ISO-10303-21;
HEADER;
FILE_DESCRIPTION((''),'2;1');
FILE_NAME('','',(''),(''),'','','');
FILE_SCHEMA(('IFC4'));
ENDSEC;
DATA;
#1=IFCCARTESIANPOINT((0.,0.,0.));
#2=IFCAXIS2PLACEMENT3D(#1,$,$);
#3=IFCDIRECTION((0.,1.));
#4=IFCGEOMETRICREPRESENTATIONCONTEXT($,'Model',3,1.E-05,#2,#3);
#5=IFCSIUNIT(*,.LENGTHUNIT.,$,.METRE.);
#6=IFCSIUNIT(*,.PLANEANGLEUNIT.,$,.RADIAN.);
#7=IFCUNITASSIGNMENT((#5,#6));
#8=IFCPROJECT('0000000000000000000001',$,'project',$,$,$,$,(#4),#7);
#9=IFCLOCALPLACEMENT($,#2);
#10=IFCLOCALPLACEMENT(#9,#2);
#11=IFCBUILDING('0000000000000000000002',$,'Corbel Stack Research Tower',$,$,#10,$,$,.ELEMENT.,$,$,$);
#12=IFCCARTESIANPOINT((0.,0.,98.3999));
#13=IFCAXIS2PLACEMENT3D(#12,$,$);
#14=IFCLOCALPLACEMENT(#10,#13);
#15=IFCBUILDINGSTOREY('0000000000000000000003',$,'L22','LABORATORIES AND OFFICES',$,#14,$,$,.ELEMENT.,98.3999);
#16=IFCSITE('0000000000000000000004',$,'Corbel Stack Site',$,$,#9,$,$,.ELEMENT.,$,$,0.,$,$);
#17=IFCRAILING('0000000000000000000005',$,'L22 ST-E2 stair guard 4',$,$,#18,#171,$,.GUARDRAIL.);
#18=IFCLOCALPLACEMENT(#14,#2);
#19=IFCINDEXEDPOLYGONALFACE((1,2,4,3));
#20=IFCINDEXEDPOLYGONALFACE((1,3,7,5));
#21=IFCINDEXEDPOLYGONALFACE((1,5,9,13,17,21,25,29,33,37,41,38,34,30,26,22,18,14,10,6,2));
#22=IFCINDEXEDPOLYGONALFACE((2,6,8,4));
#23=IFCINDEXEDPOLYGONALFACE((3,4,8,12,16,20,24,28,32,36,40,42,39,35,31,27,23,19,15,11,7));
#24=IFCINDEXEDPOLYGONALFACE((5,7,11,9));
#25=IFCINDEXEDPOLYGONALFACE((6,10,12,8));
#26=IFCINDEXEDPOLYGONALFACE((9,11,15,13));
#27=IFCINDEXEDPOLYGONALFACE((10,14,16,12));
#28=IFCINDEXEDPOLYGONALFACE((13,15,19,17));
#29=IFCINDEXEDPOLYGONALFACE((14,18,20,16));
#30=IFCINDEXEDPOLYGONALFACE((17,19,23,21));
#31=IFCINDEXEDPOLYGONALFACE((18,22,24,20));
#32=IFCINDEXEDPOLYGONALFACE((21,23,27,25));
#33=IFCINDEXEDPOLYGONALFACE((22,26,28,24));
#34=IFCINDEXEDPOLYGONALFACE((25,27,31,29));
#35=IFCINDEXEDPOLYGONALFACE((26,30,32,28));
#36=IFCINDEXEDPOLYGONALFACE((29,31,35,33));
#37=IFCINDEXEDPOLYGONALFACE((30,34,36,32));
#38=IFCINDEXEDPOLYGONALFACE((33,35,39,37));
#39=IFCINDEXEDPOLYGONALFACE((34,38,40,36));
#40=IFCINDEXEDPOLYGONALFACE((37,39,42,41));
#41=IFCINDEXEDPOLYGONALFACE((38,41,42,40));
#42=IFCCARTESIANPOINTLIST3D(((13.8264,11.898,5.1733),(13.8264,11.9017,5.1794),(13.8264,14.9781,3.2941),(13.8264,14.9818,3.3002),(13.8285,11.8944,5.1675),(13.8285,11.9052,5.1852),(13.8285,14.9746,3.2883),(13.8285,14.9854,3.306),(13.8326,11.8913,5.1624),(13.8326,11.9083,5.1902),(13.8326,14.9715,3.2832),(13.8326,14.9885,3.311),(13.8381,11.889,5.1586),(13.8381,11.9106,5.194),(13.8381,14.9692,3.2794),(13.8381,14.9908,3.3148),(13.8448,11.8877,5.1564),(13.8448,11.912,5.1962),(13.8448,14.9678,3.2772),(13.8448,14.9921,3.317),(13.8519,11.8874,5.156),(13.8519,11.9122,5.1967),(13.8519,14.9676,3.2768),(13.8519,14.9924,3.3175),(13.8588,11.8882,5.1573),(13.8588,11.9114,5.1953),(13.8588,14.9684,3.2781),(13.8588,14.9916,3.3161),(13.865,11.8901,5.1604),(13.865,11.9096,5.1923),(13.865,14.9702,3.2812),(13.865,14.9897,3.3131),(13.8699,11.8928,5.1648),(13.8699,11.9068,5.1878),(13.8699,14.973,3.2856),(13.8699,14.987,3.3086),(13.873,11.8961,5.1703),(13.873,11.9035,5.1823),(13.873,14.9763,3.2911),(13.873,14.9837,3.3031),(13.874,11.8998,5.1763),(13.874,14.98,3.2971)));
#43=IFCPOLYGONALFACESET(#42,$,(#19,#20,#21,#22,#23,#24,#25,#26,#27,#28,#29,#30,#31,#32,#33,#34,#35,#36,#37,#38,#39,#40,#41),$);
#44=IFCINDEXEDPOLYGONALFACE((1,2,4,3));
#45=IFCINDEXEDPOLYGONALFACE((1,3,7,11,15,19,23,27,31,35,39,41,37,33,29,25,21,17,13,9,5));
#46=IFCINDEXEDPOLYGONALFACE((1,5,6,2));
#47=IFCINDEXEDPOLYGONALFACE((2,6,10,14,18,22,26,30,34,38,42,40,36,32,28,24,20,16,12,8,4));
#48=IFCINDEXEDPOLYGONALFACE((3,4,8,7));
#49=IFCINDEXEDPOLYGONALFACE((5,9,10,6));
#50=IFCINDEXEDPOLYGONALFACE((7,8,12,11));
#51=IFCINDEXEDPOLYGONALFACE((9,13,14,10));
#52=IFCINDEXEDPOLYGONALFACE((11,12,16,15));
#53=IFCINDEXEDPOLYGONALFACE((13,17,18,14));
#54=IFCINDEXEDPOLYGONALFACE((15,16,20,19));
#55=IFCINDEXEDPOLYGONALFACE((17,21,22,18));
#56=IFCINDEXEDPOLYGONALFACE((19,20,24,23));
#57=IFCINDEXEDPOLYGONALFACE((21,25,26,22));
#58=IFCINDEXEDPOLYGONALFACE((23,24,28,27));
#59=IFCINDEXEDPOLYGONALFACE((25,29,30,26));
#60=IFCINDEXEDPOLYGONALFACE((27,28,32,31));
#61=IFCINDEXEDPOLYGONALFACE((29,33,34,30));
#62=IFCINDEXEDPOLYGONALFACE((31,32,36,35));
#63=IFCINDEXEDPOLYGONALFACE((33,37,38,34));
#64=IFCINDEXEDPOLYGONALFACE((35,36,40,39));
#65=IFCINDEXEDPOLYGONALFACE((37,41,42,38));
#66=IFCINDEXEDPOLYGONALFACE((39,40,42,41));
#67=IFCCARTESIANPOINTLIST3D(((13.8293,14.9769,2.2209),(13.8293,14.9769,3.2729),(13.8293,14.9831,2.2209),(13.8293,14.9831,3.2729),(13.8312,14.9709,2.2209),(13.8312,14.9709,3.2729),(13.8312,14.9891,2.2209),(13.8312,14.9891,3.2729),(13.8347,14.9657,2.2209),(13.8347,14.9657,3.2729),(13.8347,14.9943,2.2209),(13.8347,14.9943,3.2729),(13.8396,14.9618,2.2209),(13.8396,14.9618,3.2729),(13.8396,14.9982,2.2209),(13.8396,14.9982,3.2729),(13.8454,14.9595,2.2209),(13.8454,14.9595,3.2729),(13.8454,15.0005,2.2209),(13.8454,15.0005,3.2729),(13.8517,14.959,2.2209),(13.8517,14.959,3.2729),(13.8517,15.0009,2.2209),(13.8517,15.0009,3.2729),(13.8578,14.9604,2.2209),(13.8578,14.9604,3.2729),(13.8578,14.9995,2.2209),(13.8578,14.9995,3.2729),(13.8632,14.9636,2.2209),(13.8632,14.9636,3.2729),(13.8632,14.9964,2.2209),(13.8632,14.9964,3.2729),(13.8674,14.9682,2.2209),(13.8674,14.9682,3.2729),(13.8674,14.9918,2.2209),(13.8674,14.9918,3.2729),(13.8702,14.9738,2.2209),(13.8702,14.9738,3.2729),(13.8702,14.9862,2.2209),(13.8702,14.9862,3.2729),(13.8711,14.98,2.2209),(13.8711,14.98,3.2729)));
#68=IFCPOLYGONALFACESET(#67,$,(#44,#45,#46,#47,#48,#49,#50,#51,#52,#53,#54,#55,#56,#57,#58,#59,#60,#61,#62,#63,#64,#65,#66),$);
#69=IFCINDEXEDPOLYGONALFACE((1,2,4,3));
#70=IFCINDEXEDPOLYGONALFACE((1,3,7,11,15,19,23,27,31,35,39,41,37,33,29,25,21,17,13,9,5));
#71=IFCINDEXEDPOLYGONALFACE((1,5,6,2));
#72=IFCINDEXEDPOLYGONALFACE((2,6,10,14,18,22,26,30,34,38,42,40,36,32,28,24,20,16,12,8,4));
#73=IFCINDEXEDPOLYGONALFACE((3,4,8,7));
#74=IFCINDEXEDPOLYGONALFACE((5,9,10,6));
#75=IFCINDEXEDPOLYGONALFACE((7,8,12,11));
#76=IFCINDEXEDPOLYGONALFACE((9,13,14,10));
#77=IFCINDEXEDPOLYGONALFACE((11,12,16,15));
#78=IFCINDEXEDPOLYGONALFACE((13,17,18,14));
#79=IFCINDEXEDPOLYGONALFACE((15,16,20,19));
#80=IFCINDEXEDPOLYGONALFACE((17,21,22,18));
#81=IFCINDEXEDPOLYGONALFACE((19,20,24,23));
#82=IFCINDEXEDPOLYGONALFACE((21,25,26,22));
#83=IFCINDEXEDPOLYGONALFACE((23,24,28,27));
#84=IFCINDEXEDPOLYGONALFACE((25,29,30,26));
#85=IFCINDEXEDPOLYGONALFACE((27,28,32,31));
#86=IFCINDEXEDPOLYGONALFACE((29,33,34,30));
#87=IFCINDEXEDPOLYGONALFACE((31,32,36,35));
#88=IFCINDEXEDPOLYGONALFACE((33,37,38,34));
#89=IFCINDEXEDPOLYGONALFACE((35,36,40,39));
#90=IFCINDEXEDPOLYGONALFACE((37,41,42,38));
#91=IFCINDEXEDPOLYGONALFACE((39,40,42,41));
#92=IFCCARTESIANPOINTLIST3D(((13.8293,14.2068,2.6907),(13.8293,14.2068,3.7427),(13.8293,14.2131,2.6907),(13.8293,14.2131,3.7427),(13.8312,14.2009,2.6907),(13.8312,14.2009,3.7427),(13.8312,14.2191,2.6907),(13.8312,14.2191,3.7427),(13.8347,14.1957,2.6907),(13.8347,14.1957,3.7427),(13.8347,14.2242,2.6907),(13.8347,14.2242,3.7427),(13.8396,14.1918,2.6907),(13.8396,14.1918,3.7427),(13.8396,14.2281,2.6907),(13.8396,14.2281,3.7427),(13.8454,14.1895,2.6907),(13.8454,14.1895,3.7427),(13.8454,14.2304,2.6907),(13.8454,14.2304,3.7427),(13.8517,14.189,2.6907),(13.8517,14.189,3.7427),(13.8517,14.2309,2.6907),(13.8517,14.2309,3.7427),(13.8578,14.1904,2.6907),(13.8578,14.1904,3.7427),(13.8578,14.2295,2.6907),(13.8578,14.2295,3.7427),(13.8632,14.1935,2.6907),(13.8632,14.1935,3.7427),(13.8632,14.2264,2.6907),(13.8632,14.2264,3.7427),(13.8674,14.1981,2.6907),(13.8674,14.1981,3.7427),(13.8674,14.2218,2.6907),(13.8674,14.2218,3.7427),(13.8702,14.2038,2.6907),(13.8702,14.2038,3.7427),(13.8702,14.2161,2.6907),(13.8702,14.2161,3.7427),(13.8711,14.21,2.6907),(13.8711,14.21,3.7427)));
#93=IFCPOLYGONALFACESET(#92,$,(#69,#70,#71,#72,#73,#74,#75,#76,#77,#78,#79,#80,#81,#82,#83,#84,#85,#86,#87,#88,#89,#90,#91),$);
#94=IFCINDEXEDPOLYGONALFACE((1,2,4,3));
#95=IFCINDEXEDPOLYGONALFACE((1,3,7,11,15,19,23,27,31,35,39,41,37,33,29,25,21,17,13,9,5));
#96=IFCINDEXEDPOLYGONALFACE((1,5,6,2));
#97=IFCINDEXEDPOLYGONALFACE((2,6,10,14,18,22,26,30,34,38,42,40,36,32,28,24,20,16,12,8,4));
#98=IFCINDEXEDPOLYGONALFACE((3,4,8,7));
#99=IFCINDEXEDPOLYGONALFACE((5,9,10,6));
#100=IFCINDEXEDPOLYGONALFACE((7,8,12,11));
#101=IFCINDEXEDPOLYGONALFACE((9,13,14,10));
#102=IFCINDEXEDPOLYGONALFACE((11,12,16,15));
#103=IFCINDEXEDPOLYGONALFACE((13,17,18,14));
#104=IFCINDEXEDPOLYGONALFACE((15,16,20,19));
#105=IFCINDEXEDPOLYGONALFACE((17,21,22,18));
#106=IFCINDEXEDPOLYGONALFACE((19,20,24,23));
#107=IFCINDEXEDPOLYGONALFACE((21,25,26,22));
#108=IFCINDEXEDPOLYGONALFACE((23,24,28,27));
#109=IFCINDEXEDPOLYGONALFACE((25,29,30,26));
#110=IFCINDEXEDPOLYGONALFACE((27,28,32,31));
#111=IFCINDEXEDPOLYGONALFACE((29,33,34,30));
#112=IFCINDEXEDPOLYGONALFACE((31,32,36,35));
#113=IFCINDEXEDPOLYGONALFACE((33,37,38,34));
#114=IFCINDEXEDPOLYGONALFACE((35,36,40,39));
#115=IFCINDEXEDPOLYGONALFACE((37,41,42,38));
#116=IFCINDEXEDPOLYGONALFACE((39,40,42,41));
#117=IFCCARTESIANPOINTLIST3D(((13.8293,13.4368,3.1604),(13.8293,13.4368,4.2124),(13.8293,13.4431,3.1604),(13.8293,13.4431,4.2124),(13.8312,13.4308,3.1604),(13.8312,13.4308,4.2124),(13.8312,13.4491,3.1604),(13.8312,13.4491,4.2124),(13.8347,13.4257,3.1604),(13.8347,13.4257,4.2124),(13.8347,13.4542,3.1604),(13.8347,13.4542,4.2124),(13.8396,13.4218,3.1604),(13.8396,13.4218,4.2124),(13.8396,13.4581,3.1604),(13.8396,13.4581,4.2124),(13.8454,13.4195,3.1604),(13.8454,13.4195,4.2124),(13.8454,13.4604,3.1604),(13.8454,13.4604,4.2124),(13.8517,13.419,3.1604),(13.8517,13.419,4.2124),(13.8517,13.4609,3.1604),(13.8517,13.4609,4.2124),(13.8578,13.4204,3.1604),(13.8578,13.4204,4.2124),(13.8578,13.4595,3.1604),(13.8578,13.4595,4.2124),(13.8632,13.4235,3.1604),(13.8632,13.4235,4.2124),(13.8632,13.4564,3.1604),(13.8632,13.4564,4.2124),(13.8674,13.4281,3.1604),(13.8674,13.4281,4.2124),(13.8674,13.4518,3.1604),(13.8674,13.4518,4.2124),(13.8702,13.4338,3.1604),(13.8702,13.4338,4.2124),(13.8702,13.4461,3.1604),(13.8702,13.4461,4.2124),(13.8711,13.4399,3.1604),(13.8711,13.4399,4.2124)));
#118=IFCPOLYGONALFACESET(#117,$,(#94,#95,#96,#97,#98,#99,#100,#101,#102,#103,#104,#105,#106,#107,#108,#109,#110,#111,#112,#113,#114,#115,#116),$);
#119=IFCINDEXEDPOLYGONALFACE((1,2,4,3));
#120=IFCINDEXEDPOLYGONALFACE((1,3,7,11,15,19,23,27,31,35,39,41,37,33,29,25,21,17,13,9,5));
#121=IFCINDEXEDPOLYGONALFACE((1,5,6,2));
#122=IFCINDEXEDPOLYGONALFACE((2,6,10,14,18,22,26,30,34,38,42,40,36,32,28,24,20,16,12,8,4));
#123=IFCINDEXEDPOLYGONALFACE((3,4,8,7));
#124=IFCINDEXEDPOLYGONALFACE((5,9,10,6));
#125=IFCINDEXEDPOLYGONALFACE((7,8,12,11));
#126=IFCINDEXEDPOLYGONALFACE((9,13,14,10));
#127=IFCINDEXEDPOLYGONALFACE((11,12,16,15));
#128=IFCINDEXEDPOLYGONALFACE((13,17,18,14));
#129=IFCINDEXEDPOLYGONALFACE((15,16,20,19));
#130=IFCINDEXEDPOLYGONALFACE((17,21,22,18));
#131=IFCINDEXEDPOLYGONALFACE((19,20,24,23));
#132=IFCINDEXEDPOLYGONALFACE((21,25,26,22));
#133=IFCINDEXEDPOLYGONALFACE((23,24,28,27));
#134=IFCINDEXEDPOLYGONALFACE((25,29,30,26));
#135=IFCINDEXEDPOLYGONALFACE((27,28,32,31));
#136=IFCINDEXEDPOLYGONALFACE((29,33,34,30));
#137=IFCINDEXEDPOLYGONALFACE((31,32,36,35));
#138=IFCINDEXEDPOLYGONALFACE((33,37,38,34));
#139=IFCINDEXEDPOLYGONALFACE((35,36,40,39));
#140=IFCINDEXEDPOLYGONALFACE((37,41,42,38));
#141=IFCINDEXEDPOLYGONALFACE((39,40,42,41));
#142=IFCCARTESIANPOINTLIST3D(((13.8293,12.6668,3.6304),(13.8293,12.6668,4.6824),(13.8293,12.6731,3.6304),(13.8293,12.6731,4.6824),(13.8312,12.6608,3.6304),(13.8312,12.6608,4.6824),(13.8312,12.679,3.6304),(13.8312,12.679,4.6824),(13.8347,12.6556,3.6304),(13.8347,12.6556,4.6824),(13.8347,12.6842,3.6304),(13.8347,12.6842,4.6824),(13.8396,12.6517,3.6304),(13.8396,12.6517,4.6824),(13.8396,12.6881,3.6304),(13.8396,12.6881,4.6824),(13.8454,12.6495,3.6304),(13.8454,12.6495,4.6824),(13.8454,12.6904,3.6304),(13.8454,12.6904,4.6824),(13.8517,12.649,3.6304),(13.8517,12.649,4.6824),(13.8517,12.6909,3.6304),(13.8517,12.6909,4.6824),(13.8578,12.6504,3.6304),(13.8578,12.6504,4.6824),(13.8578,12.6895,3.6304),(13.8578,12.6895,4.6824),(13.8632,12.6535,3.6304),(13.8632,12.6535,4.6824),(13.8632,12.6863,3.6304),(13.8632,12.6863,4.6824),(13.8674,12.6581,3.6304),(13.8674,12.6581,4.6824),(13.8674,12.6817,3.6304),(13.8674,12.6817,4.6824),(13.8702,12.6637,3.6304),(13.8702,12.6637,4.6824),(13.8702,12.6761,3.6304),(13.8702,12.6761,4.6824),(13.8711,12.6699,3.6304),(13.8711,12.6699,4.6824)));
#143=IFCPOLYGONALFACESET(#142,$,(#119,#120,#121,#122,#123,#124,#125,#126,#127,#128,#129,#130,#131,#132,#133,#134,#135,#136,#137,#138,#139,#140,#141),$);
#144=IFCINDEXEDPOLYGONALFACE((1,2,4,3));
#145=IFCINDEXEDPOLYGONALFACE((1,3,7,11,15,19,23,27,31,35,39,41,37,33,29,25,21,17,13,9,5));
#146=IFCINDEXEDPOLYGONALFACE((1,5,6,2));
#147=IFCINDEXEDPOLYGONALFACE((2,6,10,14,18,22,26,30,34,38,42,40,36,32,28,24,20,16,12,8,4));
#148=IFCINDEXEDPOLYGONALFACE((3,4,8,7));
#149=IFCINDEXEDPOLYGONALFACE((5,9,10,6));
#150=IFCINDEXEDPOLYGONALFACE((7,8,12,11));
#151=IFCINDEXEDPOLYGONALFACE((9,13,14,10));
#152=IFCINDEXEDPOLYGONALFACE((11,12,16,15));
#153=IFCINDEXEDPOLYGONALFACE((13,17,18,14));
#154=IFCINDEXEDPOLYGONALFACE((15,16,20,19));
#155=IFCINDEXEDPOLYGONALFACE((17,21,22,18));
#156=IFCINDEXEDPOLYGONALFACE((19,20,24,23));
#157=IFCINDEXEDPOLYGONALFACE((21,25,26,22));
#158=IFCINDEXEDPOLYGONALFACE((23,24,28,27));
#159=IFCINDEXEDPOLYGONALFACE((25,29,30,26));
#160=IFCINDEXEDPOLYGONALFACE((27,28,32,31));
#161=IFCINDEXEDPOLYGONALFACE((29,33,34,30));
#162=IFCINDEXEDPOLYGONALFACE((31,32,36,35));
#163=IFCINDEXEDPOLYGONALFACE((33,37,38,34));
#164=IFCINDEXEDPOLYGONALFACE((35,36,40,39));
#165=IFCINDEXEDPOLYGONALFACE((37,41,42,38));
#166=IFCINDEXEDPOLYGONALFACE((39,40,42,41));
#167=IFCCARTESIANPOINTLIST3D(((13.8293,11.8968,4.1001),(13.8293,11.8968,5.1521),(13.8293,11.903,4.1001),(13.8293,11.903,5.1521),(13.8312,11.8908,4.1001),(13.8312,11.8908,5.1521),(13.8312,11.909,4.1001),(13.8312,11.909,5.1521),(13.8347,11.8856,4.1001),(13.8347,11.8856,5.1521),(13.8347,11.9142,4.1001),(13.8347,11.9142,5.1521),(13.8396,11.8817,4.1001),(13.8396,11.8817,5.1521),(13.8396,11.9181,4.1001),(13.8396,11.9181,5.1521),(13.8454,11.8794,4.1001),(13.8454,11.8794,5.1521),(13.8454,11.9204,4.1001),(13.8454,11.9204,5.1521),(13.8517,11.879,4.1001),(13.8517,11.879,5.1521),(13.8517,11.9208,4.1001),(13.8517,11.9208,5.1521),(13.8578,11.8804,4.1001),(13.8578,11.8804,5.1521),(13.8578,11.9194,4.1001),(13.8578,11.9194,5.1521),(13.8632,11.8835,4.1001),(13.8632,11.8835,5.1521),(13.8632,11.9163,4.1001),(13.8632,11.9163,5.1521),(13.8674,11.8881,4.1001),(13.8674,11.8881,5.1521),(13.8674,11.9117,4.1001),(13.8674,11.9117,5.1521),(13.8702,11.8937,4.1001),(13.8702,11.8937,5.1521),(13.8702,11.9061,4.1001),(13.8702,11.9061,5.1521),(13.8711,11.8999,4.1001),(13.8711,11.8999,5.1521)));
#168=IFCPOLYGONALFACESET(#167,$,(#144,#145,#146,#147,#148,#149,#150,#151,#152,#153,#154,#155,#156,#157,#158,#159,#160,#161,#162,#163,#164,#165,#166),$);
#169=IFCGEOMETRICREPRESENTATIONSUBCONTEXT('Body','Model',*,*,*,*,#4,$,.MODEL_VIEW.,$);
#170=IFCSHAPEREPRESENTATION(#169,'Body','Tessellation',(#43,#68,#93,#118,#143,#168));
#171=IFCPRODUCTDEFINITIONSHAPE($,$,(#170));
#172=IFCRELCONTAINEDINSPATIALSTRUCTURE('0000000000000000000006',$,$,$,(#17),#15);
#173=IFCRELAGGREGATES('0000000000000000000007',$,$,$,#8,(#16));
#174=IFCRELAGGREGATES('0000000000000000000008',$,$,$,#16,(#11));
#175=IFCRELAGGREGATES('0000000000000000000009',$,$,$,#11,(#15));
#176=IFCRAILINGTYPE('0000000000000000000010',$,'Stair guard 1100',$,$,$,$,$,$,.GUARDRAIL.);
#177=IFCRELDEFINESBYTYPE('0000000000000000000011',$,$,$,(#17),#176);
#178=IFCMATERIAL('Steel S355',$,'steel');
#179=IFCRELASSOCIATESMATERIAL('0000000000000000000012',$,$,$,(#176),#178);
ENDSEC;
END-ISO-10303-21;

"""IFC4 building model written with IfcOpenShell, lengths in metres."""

from ifc_helpers import new_model, si_unit, direction, frame, origin, origin_2d, place, context, subcontext, project, spatial, circle, extrude, material, type_object, element, save


model = new_model("IFC4")

# Units and contexts
model_context = context("Model", 3, precision=1e-05, world=origin(), true_north=direction((0.0, 1.0)))
body_context = subcontext(model_context, "Body", "Model", "MODEL_VIEW")
ifc_project = project(units=[si_unit("LENGTHUNIT", "METRE"), si_unit("PLANEANGLEUNIT", "RADIAN")], contexts=[model_context])

# Site, building, storey
site_placement = place(None, origin())
site = spatial("IfcSite", under=ifc_project, at=site_placement, Name="Corbel Stack Site", CompositionType="ELEMENT", RefElevation=0.0)
building_placement = place(site_placement, origin())
building = spatial("IfcBuilding", under=site, at=building_placement, Name="Corbel Stack Research Tower", CompositionType="ELEMENT")
storey_placement = place(building_placement, frame((0.0, 0.0, 98.3999)))
storey = spatial("IfcBuildingStorey", under=building, at=storey_placement, Name="L22", Description="LABORATORIES AND OFFICES", CompositionType="ELEMENT", Elevation=98.3999)

# Railing
ifc_material_1 = material(Name="Steel S355", Category="steel")
railing_type_1 = type_object("IfcRailingType", Name="Stair guard 1100", PredefinedType="GUARDRAIL", material=ifc_material_1)
railing_1_placement = place(storey_placement, frame((13.8501, 14.98, 2.2209)))
element("IfcRailing", 1, at=railing_1_placement, inside=storey, type_object=railing_type_1, Name="L22 ST-E2 stair guard 4", PredefinedType="GUARDRAIL", context=body_context, shape_type="SweptSolid", body=[
    extrude(circle(Radius=0.0239, at=origin_2d()), frame((0.0, 0.0, 1.0762), z_axis=(0.0, -0.853666, 0.52082), x_axis=(1.0, 0.0, 0.0)), (0.0, 0.0, 1.0), 3.6082),
    extrude(circle(Radius=0.021, at=origin_2d()), origin(), (0.0, 0.0, 1.0), 1.052),
    extrude(circle(Radius=0.021, at=origin_2d()), frame((0.0, -0.77, 0.4697)), (0.0, 0.0, 1.0), 1.052),
    extrude(circle(Radius=0.021, at=origin_2d()), frame((0.0, -1.54, 0.9395)), (0.0, 0.0, 1.0), 1.052),
    extrude(circle(Radius=0.021, at=origin_2d()), frame((0.0, -2.3101, 1.4094)), (0.0, 0.0, 1.0), 1.052),
    extrude(circle(Radius=0.021, at=origin_2d()), frame((0.0, -3.0801, 1.8792)), (0.0, 0.0, 1.0), 1.052),
])

save(model, "model.ifc")
